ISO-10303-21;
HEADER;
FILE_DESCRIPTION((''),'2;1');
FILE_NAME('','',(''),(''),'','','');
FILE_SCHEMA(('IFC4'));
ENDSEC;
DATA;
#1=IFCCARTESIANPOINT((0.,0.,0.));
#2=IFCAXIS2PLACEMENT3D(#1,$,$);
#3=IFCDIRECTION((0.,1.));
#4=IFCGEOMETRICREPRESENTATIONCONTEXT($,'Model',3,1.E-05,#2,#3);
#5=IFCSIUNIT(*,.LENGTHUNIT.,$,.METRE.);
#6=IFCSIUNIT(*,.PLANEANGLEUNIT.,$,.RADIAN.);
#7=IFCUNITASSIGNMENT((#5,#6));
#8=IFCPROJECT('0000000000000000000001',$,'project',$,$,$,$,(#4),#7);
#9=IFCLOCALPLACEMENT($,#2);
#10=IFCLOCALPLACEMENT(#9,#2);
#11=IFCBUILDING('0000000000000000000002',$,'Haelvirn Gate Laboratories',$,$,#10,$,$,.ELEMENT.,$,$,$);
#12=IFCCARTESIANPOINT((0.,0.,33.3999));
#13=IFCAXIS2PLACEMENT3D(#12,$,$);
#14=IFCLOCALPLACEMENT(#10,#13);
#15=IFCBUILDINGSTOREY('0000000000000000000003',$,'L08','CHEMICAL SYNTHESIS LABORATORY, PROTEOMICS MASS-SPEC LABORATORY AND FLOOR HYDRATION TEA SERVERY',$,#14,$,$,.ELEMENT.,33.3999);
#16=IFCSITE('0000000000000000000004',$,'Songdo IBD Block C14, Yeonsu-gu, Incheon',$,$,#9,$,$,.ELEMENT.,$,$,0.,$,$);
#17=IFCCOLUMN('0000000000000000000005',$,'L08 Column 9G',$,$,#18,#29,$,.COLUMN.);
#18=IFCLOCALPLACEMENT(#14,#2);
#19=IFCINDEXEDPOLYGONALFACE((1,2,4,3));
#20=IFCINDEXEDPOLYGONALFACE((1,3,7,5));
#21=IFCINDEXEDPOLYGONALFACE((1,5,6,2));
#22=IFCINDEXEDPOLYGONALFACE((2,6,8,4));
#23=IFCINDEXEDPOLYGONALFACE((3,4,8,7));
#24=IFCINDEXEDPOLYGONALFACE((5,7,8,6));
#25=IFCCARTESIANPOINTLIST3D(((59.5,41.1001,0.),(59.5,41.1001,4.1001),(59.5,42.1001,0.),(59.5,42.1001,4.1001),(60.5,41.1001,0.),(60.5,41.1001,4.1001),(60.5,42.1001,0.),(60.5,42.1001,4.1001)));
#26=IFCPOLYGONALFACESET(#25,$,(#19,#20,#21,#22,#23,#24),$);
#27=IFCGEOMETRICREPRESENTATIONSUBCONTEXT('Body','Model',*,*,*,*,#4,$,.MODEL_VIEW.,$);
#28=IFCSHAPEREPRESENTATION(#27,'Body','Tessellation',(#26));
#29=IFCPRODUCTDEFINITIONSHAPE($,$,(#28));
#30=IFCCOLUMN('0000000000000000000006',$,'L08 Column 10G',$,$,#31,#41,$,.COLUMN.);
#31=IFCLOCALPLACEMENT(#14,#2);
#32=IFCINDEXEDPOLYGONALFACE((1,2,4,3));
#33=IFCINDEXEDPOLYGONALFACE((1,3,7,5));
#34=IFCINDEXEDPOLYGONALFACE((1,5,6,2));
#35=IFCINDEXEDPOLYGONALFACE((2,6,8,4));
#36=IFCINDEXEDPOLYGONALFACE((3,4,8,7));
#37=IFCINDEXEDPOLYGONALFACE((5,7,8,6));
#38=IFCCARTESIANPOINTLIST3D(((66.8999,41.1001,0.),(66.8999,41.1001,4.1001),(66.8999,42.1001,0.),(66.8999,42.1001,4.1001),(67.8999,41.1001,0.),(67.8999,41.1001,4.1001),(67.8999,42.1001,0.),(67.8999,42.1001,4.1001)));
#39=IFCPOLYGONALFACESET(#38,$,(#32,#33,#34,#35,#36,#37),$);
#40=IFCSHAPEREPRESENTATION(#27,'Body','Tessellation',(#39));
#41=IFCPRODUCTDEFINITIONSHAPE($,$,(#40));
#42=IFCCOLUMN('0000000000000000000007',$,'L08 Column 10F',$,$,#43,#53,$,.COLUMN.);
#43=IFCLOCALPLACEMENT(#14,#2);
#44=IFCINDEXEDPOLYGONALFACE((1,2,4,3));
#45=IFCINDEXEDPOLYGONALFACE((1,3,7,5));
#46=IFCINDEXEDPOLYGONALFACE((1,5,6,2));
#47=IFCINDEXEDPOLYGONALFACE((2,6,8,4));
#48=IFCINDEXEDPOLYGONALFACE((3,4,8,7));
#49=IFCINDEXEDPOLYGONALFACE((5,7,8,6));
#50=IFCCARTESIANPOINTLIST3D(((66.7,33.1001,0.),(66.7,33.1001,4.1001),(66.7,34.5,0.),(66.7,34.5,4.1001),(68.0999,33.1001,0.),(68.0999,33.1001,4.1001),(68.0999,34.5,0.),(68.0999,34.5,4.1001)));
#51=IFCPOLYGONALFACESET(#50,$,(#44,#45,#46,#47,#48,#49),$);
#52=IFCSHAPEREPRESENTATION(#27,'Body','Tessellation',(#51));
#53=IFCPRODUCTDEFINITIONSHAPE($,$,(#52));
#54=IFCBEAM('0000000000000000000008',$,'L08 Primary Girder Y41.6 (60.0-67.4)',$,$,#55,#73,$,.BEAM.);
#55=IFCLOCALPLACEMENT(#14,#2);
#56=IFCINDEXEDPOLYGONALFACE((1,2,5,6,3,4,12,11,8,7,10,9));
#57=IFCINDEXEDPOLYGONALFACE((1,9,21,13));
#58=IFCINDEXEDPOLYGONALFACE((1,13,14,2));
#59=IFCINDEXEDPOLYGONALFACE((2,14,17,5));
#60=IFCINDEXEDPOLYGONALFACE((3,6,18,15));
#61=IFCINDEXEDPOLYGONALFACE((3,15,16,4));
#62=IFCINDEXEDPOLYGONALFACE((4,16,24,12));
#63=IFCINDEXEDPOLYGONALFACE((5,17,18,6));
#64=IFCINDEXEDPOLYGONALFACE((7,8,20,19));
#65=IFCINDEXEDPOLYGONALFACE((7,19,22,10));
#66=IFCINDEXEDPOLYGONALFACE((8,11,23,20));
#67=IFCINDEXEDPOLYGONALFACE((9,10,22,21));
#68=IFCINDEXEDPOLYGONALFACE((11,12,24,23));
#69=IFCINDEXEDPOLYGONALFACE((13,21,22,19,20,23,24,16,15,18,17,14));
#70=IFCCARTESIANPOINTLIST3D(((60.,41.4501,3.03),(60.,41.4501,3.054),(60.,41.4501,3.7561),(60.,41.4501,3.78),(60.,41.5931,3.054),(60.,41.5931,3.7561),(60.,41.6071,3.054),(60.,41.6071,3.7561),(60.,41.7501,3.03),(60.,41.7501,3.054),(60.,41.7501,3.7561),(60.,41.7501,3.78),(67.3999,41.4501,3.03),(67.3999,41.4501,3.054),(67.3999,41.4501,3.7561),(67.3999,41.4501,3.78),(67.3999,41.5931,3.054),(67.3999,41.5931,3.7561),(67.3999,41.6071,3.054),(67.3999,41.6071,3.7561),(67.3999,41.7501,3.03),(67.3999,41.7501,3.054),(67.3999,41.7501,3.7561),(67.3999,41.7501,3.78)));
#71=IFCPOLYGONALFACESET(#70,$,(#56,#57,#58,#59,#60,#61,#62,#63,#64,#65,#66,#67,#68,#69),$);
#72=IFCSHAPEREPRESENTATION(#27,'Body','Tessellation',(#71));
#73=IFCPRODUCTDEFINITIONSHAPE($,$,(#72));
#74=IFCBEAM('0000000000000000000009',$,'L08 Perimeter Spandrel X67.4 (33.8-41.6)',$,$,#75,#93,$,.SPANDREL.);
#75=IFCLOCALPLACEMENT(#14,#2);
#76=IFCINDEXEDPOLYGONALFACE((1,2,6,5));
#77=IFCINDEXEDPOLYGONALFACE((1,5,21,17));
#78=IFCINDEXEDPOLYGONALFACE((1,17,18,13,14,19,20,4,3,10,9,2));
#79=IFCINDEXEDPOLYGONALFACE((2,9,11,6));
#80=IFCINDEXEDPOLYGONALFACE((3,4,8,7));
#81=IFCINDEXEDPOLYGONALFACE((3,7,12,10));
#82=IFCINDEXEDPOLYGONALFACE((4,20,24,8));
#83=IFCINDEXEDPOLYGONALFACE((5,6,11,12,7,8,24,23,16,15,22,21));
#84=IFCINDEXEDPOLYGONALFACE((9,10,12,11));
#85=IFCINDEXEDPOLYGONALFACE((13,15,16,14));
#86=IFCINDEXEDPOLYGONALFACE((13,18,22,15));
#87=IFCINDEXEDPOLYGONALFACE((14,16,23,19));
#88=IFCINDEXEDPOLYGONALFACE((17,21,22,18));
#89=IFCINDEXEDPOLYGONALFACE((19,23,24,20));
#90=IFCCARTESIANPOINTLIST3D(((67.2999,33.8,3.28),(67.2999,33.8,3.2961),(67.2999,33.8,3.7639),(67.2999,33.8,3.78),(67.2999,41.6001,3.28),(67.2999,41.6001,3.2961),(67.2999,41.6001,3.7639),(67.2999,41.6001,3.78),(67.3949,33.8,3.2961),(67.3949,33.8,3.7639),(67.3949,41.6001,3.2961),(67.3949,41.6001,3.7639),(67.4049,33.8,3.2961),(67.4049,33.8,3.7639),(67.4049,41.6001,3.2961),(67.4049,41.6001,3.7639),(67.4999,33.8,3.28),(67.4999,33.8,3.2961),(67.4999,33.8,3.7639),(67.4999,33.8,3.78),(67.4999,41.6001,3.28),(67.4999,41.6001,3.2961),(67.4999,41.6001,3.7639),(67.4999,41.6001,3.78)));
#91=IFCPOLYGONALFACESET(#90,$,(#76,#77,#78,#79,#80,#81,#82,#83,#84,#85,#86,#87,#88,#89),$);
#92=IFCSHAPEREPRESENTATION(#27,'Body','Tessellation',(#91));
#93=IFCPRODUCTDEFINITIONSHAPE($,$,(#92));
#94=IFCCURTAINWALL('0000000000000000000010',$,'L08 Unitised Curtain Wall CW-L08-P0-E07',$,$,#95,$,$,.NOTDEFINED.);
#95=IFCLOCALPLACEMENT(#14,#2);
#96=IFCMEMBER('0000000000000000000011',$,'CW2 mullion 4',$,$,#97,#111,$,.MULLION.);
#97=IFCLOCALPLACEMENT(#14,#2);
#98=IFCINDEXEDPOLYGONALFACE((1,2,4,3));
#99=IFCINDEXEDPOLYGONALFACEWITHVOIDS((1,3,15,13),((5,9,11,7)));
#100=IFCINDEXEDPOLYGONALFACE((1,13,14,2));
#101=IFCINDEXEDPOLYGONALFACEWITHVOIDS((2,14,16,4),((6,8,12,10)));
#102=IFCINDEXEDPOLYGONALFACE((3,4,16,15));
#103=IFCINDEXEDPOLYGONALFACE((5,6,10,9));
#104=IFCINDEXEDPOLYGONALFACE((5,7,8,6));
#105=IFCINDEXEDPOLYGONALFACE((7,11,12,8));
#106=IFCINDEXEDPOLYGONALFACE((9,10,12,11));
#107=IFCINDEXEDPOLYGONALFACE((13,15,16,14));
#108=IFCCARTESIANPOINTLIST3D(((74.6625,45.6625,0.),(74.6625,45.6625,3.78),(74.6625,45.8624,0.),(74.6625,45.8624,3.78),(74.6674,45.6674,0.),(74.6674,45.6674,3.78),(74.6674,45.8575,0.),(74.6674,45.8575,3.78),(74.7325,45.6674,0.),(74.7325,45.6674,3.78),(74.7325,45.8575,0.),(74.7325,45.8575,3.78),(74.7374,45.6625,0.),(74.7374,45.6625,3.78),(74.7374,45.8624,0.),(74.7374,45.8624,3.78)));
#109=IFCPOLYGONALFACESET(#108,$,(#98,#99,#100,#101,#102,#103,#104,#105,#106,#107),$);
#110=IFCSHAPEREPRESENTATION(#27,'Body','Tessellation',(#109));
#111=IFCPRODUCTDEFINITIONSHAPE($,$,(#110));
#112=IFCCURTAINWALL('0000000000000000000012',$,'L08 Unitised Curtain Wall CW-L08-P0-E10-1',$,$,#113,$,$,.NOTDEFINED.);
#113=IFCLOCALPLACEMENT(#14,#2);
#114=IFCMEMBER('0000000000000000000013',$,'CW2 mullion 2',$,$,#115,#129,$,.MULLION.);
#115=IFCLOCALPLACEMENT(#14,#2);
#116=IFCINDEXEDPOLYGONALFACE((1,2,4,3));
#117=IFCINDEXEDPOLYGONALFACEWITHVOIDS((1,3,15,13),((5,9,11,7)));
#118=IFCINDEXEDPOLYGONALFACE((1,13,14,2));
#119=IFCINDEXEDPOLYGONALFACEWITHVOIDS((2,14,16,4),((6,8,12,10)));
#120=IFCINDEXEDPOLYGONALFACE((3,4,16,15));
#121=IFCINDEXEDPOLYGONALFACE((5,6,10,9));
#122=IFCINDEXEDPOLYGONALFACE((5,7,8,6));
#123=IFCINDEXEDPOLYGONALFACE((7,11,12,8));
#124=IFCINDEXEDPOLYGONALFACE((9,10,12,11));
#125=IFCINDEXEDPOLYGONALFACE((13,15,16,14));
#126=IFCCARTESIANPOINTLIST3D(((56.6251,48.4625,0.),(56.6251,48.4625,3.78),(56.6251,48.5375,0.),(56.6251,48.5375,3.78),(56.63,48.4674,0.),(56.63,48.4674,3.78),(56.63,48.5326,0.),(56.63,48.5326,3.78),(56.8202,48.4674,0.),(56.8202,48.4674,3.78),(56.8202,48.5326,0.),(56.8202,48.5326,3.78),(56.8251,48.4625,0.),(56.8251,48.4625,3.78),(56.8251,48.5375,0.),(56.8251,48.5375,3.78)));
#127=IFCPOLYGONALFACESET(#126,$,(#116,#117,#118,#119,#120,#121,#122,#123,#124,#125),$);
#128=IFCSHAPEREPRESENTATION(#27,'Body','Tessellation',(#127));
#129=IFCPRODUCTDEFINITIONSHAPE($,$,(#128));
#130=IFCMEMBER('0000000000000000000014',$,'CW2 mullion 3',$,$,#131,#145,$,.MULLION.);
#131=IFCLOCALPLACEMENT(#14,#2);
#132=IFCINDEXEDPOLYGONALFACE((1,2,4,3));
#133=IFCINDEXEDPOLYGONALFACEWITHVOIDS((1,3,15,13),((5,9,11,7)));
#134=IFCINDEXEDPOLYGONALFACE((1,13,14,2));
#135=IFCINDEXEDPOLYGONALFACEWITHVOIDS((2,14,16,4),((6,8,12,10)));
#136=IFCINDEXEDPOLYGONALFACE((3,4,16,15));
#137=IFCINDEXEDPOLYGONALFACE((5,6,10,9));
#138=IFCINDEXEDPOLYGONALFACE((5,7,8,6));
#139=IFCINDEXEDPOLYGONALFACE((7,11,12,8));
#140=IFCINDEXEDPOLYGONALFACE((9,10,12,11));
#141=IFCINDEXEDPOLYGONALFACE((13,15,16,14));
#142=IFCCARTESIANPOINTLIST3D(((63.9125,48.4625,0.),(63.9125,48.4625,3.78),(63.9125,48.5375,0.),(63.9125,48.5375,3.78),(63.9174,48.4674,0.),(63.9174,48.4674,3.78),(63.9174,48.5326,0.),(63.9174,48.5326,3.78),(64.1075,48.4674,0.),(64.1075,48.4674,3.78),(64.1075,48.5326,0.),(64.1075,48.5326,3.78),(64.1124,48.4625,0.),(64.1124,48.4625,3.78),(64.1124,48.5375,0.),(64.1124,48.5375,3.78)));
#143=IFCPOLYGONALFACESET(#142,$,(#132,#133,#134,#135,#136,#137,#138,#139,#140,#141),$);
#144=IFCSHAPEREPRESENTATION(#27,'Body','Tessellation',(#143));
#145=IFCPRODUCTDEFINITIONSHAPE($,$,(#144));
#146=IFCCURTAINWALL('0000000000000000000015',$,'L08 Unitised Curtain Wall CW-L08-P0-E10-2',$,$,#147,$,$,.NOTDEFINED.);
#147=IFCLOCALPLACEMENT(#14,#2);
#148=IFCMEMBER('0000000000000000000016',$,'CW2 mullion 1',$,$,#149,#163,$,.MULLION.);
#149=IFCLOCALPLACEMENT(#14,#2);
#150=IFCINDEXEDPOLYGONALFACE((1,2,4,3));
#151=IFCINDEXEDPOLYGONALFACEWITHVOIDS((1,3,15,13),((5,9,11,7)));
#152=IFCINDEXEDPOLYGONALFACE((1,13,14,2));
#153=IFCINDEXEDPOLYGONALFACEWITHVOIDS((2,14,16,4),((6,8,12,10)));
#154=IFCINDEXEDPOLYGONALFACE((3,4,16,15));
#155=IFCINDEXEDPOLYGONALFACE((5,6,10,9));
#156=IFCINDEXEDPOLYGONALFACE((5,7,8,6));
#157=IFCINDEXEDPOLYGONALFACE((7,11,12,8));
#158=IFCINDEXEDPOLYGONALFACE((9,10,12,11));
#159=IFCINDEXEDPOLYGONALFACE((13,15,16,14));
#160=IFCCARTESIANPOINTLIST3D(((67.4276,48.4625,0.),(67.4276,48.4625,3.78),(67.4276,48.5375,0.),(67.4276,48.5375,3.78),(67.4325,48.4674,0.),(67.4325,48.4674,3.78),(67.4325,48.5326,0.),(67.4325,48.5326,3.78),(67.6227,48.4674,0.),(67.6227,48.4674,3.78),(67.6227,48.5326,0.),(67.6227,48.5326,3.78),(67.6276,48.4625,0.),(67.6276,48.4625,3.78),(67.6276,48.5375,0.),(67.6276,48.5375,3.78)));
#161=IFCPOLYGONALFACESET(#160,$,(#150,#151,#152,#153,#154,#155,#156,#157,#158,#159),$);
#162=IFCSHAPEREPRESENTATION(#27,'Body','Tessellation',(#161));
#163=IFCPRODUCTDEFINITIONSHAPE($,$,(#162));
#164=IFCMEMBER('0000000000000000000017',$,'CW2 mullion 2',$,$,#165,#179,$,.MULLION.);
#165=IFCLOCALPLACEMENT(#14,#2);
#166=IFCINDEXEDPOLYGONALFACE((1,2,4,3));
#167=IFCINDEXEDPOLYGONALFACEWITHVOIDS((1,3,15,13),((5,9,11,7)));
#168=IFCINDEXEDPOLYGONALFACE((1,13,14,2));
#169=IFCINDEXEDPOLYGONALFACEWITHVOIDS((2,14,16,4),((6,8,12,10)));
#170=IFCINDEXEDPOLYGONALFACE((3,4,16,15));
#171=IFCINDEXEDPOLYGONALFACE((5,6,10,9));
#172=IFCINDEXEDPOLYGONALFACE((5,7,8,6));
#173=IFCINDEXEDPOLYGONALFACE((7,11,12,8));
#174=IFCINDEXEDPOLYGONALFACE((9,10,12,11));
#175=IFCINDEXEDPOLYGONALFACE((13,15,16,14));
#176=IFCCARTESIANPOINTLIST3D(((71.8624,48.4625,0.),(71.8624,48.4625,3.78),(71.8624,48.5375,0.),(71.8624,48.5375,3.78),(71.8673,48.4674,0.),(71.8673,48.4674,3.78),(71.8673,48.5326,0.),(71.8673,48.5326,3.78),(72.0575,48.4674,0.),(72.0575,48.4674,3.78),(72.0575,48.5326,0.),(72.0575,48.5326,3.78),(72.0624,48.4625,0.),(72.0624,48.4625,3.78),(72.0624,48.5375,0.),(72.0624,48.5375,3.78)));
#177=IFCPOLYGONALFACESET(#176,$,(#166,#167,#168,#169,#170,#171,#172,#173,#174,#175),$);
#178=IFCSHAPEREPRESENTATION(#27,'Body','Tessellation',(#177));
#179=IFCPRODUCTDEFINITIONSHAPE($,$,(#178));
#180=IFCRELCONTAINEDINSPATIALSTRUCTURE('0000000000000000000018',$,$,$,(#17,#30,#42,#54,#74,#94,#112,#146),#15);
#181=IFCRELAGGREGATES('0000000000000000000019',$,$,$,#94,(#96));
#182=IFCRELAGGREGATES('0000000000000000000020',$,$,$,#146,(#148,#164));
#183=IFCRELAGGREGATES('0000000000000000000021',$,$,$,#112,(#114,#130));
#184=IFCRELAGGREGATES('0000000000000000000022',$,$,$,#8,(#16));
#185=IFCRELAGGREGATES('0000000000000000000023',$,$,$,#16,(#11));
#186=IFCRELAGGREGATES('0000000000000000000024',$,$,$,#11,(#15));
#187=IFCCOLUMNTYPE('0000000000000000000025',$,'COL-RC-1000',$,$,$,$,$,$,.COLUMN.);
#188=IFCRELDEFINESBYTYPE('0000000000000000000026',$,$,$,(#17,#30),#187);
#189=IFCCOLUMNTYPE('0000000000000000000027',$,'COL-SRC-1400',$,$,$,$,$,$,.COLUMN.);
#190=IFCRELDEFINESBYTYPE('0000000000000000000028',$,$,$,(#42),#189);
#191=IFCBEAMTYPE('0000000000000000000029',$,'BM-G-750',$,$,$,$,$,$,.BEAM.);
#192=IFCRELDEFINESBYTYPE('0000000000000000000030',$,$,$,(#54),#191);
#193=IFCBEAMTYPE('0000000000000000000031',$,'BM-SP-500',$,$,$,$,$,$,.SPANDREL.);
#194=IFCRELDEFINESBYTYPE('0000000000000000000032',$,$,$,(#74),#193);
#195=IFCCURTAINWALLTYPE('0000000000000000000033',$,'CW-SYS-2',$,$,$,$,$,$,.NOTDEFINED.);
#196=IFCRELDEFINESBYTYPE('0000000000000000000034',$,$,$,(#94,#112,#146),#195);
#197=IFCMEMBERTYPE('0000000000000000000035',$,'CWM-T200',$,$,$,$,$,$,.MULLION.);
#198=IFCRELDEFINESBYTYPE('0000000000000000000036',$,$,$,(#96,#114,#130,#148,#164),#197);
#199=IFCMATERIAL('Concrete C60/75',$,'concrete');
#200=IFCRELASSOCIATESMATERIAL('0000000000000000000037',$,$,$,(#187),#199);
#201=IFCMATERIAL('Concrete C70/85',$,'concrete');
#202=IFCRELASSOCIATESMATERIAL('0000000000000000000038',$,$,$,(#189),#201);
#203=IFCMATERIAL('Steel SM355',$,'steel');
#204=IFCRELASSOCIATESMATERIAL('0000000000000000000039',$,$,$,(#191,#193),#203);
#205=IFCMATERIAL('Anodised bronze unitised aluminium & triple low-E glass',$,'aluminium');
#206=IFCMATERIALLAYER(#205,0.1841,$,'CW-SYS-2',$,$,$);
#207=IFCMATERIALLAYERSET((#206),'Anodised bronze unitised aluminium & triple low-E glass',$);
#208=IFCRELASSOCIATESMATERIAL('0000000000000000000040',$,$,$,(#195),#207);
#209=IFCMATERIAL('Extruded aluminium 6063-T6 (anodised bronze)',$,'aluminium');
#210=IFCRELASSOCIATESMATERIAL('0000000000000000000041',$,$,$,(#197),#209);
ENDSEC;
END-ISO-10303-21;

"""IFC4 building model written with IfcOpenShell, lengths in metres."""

from ifc_helpers import new_model, si_unit, direction, frame, origin, origin_2d, place, context, subcontext, project, spatial, rectangle, hollow_rectangle, i_section, extrude, source, transform, mapped, material, layer, layer_set, material_profile, profile_set, type_object, type_shapes, element, aggregate, save


model = new_model("IFC4")

# Units and contexts
model_context = context("Model", 3, precision=1e-05, world=origin(), true_north=direction((0.0, 1.0)))
body_context = subcontext(model_context, "Body", "Model", "MODEL_VIEW")
ifc_project = project(units=[si_unit("LENGTHUNIT", "METRE"), si_unit("PLANEANGLEUNIT", "RADIAN")], contexts=[model_context])

# Site, building, storey
site_placement = place(None, origin())
site = spatial("IfcSite", under=ifc_project, at=site_placement, Name="Songdo IBD Block C14, Yeonsu-gu, Incheon", CompositionType="ELEMENT", RefElevation=0.0)
building_placement = place(site_placement, origin())
building = spatial("IfcBuilding", under=site, at=building_placement, Name="Haelvirn Gate Laboratories", CompositionType="ELEMENT")
storey_placement = place(building_placement, frame((0.0, 0.0, 33.3999)))
storey = spatial("IfcBuildingStorey", under=building, at=storey_placement, Name="L08", Description="CHEMICAL SYNTHESIS LABORATORY, PROTEOMICS MASS-SPEC LABORATORY AND FLOOR HYDRATION TEA SERVERY", CompositionType="ELEMENT", Elevation=33.3999)

# Columns
ifc_material_1 = material(Name="Concrete C60/75", Category="concrete")
ifc_material_profile_1 = material_profile(ifc_material_1, rectangle(XDim=1.0, YDim=1.0, at=origin_2d()), Name="RC-1000x1000")
ifc_profile_set_1 = profile_set([ifc_material_profile_1], Name="Concrete C60/75")
column_type_1 = type_object("IfcColumnType", Name="COL-RC-1000", PredefinedType="COLUMN", material=ifc_profile_set_1)
shared_shape_1 = source(origin(), body_context, "Body", "SweptSolid", [
    extrude(rectangle(XDim=1.0, YDim=1.0, at=origin_2d()), origin(), (0.0, 0.0, 1.0), 4.1001),
])
type_shapes(column_type_1, [shared_shape_1])
for number, where, z_axis, x_axis, name in (
    (1, (60.0, 41.6001, 0.0), (0.0, 0.0, 1.0), (1.0, 0.0, 0.0), "L08 Column 9G"),
    (2, (67.3999, 41.6001, 0.0), (0.0, 0.0, 1.0), (1.0, 0.0, 0.0), "L08 Column 10G"),
):
    element("IfcColumn", number, at=place(storey_placement, frame(where, z_axis=z_axis, x_axis=x_axis)), inside=storey, type_object=column_type_1, Name=name, PredefinedType="COLUMN", context=body_context, shape_type="MappedRepresentation", body=[
        mapped(shared_shape_1, transform((0.0, 0.0, 0.0), scale=1.0)),
    ])
ifc_material_2 = material(Name="Concrete C70/85", Category="concrete")
ifc_material_profile_2 = material_profile(ifc_material_2, rectangle(XDim=1.3999, YDim=1.3999, at=origin_2d()), Name="SRC-1400x1400")
ifc_profile_set_2 = profile_set([ifc_material_profile_2], Name="Concrete C70/85")
column_type_2 = type_object("IfcColumnType", Name="COL-SRC-1400", PredefinedType="COLUMN", material=ifc_profile_set_2)
shared_shape_2 = source(origin(), body_context, "Body", "SweptSolid", [
    extrude(rectangle(XDim=1.3999, YDim=1.3999, at=origin_2d()), origin(), (0.0, 0.0, 1.0), 4.1001),
])
type_shapes(column_type_2, [shared_shape_2])
column_placement = place(storey_placement, frame((67.3999, 33.8, 0.0), z_axis=(0.0, 0.0, 1.0), x_axis=(1.0, 0.0, 0.0)))
element("IfcColumn", 3, at=column_placement, inside=storey, type_object=column_type_2, Name="L08 Column 10F", PredefinedType="COLUMN", context=body_context, shape_type="MappedRepresentation", body=[
    mapped(shared_shape_2, transform((0.0, 0.0, 0.0), scale=1.0)),
])

# Beams
ifc_material_3 = material(Name="Steel SM355", Category="steel")
ifc_material_profile_3 = material_profile(ifc_material_3, i_section(OverallWidth=0.3, OverallDepth=0.75, WebThickness=0.0139, FlangeThickness=0.0239, at=origin_2d()), Name="H-750x300x14x24")
ifc_profile_set_3 = profile_set([ifc_material_profile_3], Name="Steel SM355")
beam_type_1 = type_object("IfcBeamType", Name="BM-G-750", PredefinedType="BEAM", material=ifc_profile_set_3)
shared_shape_3 = source(origin(), body_context, "Body", "SweptSolid", [
    extrude(i_section(OverallWidth=0.3, OverallDepth=0.75, WebThickness=0.0139, FlangeThickness=0.0239, at=origin_2d()), origin(), (0.0, 0.0, 1.0), 7.3999),
])
type_shapes(beam_type_1, [shared_shape_3])
beam_1_placement = place(storey_placement, frame((60.0, 41.6001, 3.405), z_axis=(1.0, 0.0, 0.0), x_axis=(0.0, 1.0, 0.0)))
element("IfcBeam", 4, at=beam_1_placement, inside=storey, type_object=beam_type_1, Name="L08 Primary Girder Y41.6 (60.0-67.4)", PredefinedType="BEAM", context=body_context, shape_type="MappedRepresentation", body=[
    mapped(shared_shape_3, transform((0.0, 0.0, 0.0), scale=1.0)),
])
ifc_material_profile_4 = material_profile(ifc_material_3, i_section(OverallWidth=0.2, OverallDepth=0.5, WebThickness=0.01, FlangeThickness=0.0161, at=origin_2d()), Name="H-500x200x10x16")
ifc_profile_set_4 = profile_set([ifc_material_profile_4], Name="Steel SM355")
beam_type_2 = type_object("IfcBeamType", Name="BM-SP-500", PredefinedType="SPANDREL", material=ifc_profile_set_4)
shared_shape_4 = source(origin(), body_context, "Body", "SweptSolid", [
    extrude(i_section(OverallWidth=0.2, OverallDepth=0.5, WebThickness=0.01, FlangeThickness=0.0161, at=origin_2d()), origin(), (0.0, 0.0, 1.0), 7.8),
])
type_shapes(beam_type_2, [shared_shape_4])
beam_2_placement = place(storey_placement, frame((67.3999, 33.8, 3.53), z_axis=(0.0, 1.0, 0.0), x_axis=(-1.0, 0.0, 0.0)))
element("IfcBeam", 5, at=beam_2_placement, inside=storey, type_object=beam_type_2, Name="L08 Perimeter Spandrel X67.4 (33.8-41.6)", PredefinedType="SPANDREL", context=body_context, shape_type="MappedRepresentation", body=[
    mapped(shared_shape_4, transform((0.0, 0.0, 0.0), scale=1.0)),
])

# Curtain wall, member
ifc_material_4 = material(Name="Anodised bronze unitised aluminium & triple low-E glass", Category="aluminium")
ifc_layer_1 = layer(ifc_material_4, 0.1841, Name="CW-SYS-2")
ifc_layer_set_1 = layer_set([ifc_layer_1], Name="Anodised bronze unitised aluminium & triple low-E glass")
curtain_wall_type_1 = type_object("IfcCurtainWallType", Name="CW-SYS-2", PredefinedType="NOTDEFINED", material=ifc_layer_set_1)
curtain_wall_1_placement = place(storey_placement, origin())
curtain_wall_1 = element("IfcCurtainWall", 6, at=curtain_wall_1_placement, inside=storey, type_object=curtain_wall_type_1, Name="L08 Unitised Curtain Wall CW-L08-P0-E07", PredefinedType="NOTDEFINED")
ifc_material_5 = material(Name="Extruded aluminium 6063-T6 (anodised bronze)", Category="aluminium")
ifc_material_profile_5 = material_profile(ifc_material_5, hollow_rectangle(XDim=0.075, YDim=0.2, WallThickness=0.0049, at=origin_2d()), Name="CWM-200x75x5")
ifc_profile_set_5 = profile_set([ifc_material_profile_5], Name="Extruded aluminium 6063-T6 (anodised bronze)")
member_type_1 = type_object("IfcMemberType", Name="CWM-T200", PredefinedType="MULLION", material=ifc_profile_set_5)
shared_shape_5 = source(origin(), body_context, "Body", "SweptSolid", [
    extrude(hollow_rectangle(XDim=0.075, YDim=0.2, WallThickness=0.0049, at=origin_2d()), origin(), (0.0, 0.0, 1.0), 3.78),
])
type_shapes(member_type_1, [shared_shape_5])
member_1_placement = place(storey_placement, frame((74.7, 45.7625, 0.0), z_axis=(0.0, 0.0, 1.0), x_axis=(-1.0, 0.0, 0.0)))
member_1 = element("IfcMember", 7, at=member_1_placement, type_object=member_type_1, Name="CW2 mullion 4", PredefinedType="MULLION", context=body_context, shape_type="MappedRepresentation", body=[
    mapped(shared_shape_5, transform((0.0, 0.0, 0.0), scale=1.0)),
])

# Curtain walls, members
curtain_wall_2_placement = place(storey_placement, origin())
curtain_wall_2 = element("IfcCurtainWall", 8, at=curtain_wall_2_placement, inside=storey, type_object=curtain_wall_type_1, Name="L08 Unitised Curtain Wall CW-L08-P0-E10-1", PredefinedType="NOTDEFINED")
member_2_placement = place(storey_placement, frame((56.7251, 48.5, 0.0), z_axis=(0.0, 0.0, 1.0), x_axis=(0.0, 1.0, 0.0)))
member_2 = element("IfcMember", 9, at=member_2_placement, type_object=member_type_1, Name="CW2 mullion 2", PredefinedType="MULLION", context=body_context, shape_type="MappedRepresentation", body=[
    mapped(shared_shape_5, transform((0.0, 0.0, 0.0), scale=1.0)),
])
member_3_placement = place(storey_placement, frame((64.0125, 48.5, 0.0), z_axis=(0.0, 0.0, 1.0), x_axis=(0.0, 1.0, 0.0)))
member_3 = element("IfcMember", 10, at=member_3_placement, type_object=member_type_1, Name="CW2 mullion 3", PredefinedType="MULLION", context=body_context, shape_type="MappedRepresentation", body=[
    mapped(shared_shape_5, transform((0.0, 0.0, 0.0), scale=1.0)),
])
curtain_wall_3_placement = place(storey_placement, origin())
curtain_wall_3 = element("IfcCurtainWall", 11, at=curtain_wall_3_placement, inside=storey, type_object=curtain_wall_type_1, Name="L08 Unitised Curtain Wall CW-L08-P0-E10-2", PredefinedType="NOTDEFINED")
member_4_placement = place(storey_placement, frame((67.5276, 48.5, 0.0), z_axis=(0.0, 0.0, 1.0), x_axis=(0.0, 1.0, 0.0)))
member_4 = element("IfcMember", 12, at=member_4_placement, type_object=member_type_1, Name="CW2 mullion 1", PredefinedType="MULLION", context=body_context, shape_type="MappedRepresentation", body=[
    mapped(shared_shape_5, transform((0.0, 0.0, 0.0), scale=1.0)),
])
member_5_placement = place(storey_placement, frame((71.9624, 48.5, 0.0), z_axis=(0.0, 0.0, 1.0), x_axis=(0.0, 1.0, 0.0)))
member_5 = element("IfcMember", 13, at=member_5_placement, type_object=member_type_1, Name="CW2 mullion 2", PredefinedType="MULLION", context=body_context, shape_type="MappedRepresentation", body=[
    mapped(shared_shape_5, transform((0.0, 0.0, 0.0), scale=1.0)),
])

aggregate(curtain_wall_1, [member_1])
aggregate(curtain_wall_3, [member_4, member_5])
aggregate(curtain_wall_2, [member_2, member_3])

save(model, "model.ifc")
